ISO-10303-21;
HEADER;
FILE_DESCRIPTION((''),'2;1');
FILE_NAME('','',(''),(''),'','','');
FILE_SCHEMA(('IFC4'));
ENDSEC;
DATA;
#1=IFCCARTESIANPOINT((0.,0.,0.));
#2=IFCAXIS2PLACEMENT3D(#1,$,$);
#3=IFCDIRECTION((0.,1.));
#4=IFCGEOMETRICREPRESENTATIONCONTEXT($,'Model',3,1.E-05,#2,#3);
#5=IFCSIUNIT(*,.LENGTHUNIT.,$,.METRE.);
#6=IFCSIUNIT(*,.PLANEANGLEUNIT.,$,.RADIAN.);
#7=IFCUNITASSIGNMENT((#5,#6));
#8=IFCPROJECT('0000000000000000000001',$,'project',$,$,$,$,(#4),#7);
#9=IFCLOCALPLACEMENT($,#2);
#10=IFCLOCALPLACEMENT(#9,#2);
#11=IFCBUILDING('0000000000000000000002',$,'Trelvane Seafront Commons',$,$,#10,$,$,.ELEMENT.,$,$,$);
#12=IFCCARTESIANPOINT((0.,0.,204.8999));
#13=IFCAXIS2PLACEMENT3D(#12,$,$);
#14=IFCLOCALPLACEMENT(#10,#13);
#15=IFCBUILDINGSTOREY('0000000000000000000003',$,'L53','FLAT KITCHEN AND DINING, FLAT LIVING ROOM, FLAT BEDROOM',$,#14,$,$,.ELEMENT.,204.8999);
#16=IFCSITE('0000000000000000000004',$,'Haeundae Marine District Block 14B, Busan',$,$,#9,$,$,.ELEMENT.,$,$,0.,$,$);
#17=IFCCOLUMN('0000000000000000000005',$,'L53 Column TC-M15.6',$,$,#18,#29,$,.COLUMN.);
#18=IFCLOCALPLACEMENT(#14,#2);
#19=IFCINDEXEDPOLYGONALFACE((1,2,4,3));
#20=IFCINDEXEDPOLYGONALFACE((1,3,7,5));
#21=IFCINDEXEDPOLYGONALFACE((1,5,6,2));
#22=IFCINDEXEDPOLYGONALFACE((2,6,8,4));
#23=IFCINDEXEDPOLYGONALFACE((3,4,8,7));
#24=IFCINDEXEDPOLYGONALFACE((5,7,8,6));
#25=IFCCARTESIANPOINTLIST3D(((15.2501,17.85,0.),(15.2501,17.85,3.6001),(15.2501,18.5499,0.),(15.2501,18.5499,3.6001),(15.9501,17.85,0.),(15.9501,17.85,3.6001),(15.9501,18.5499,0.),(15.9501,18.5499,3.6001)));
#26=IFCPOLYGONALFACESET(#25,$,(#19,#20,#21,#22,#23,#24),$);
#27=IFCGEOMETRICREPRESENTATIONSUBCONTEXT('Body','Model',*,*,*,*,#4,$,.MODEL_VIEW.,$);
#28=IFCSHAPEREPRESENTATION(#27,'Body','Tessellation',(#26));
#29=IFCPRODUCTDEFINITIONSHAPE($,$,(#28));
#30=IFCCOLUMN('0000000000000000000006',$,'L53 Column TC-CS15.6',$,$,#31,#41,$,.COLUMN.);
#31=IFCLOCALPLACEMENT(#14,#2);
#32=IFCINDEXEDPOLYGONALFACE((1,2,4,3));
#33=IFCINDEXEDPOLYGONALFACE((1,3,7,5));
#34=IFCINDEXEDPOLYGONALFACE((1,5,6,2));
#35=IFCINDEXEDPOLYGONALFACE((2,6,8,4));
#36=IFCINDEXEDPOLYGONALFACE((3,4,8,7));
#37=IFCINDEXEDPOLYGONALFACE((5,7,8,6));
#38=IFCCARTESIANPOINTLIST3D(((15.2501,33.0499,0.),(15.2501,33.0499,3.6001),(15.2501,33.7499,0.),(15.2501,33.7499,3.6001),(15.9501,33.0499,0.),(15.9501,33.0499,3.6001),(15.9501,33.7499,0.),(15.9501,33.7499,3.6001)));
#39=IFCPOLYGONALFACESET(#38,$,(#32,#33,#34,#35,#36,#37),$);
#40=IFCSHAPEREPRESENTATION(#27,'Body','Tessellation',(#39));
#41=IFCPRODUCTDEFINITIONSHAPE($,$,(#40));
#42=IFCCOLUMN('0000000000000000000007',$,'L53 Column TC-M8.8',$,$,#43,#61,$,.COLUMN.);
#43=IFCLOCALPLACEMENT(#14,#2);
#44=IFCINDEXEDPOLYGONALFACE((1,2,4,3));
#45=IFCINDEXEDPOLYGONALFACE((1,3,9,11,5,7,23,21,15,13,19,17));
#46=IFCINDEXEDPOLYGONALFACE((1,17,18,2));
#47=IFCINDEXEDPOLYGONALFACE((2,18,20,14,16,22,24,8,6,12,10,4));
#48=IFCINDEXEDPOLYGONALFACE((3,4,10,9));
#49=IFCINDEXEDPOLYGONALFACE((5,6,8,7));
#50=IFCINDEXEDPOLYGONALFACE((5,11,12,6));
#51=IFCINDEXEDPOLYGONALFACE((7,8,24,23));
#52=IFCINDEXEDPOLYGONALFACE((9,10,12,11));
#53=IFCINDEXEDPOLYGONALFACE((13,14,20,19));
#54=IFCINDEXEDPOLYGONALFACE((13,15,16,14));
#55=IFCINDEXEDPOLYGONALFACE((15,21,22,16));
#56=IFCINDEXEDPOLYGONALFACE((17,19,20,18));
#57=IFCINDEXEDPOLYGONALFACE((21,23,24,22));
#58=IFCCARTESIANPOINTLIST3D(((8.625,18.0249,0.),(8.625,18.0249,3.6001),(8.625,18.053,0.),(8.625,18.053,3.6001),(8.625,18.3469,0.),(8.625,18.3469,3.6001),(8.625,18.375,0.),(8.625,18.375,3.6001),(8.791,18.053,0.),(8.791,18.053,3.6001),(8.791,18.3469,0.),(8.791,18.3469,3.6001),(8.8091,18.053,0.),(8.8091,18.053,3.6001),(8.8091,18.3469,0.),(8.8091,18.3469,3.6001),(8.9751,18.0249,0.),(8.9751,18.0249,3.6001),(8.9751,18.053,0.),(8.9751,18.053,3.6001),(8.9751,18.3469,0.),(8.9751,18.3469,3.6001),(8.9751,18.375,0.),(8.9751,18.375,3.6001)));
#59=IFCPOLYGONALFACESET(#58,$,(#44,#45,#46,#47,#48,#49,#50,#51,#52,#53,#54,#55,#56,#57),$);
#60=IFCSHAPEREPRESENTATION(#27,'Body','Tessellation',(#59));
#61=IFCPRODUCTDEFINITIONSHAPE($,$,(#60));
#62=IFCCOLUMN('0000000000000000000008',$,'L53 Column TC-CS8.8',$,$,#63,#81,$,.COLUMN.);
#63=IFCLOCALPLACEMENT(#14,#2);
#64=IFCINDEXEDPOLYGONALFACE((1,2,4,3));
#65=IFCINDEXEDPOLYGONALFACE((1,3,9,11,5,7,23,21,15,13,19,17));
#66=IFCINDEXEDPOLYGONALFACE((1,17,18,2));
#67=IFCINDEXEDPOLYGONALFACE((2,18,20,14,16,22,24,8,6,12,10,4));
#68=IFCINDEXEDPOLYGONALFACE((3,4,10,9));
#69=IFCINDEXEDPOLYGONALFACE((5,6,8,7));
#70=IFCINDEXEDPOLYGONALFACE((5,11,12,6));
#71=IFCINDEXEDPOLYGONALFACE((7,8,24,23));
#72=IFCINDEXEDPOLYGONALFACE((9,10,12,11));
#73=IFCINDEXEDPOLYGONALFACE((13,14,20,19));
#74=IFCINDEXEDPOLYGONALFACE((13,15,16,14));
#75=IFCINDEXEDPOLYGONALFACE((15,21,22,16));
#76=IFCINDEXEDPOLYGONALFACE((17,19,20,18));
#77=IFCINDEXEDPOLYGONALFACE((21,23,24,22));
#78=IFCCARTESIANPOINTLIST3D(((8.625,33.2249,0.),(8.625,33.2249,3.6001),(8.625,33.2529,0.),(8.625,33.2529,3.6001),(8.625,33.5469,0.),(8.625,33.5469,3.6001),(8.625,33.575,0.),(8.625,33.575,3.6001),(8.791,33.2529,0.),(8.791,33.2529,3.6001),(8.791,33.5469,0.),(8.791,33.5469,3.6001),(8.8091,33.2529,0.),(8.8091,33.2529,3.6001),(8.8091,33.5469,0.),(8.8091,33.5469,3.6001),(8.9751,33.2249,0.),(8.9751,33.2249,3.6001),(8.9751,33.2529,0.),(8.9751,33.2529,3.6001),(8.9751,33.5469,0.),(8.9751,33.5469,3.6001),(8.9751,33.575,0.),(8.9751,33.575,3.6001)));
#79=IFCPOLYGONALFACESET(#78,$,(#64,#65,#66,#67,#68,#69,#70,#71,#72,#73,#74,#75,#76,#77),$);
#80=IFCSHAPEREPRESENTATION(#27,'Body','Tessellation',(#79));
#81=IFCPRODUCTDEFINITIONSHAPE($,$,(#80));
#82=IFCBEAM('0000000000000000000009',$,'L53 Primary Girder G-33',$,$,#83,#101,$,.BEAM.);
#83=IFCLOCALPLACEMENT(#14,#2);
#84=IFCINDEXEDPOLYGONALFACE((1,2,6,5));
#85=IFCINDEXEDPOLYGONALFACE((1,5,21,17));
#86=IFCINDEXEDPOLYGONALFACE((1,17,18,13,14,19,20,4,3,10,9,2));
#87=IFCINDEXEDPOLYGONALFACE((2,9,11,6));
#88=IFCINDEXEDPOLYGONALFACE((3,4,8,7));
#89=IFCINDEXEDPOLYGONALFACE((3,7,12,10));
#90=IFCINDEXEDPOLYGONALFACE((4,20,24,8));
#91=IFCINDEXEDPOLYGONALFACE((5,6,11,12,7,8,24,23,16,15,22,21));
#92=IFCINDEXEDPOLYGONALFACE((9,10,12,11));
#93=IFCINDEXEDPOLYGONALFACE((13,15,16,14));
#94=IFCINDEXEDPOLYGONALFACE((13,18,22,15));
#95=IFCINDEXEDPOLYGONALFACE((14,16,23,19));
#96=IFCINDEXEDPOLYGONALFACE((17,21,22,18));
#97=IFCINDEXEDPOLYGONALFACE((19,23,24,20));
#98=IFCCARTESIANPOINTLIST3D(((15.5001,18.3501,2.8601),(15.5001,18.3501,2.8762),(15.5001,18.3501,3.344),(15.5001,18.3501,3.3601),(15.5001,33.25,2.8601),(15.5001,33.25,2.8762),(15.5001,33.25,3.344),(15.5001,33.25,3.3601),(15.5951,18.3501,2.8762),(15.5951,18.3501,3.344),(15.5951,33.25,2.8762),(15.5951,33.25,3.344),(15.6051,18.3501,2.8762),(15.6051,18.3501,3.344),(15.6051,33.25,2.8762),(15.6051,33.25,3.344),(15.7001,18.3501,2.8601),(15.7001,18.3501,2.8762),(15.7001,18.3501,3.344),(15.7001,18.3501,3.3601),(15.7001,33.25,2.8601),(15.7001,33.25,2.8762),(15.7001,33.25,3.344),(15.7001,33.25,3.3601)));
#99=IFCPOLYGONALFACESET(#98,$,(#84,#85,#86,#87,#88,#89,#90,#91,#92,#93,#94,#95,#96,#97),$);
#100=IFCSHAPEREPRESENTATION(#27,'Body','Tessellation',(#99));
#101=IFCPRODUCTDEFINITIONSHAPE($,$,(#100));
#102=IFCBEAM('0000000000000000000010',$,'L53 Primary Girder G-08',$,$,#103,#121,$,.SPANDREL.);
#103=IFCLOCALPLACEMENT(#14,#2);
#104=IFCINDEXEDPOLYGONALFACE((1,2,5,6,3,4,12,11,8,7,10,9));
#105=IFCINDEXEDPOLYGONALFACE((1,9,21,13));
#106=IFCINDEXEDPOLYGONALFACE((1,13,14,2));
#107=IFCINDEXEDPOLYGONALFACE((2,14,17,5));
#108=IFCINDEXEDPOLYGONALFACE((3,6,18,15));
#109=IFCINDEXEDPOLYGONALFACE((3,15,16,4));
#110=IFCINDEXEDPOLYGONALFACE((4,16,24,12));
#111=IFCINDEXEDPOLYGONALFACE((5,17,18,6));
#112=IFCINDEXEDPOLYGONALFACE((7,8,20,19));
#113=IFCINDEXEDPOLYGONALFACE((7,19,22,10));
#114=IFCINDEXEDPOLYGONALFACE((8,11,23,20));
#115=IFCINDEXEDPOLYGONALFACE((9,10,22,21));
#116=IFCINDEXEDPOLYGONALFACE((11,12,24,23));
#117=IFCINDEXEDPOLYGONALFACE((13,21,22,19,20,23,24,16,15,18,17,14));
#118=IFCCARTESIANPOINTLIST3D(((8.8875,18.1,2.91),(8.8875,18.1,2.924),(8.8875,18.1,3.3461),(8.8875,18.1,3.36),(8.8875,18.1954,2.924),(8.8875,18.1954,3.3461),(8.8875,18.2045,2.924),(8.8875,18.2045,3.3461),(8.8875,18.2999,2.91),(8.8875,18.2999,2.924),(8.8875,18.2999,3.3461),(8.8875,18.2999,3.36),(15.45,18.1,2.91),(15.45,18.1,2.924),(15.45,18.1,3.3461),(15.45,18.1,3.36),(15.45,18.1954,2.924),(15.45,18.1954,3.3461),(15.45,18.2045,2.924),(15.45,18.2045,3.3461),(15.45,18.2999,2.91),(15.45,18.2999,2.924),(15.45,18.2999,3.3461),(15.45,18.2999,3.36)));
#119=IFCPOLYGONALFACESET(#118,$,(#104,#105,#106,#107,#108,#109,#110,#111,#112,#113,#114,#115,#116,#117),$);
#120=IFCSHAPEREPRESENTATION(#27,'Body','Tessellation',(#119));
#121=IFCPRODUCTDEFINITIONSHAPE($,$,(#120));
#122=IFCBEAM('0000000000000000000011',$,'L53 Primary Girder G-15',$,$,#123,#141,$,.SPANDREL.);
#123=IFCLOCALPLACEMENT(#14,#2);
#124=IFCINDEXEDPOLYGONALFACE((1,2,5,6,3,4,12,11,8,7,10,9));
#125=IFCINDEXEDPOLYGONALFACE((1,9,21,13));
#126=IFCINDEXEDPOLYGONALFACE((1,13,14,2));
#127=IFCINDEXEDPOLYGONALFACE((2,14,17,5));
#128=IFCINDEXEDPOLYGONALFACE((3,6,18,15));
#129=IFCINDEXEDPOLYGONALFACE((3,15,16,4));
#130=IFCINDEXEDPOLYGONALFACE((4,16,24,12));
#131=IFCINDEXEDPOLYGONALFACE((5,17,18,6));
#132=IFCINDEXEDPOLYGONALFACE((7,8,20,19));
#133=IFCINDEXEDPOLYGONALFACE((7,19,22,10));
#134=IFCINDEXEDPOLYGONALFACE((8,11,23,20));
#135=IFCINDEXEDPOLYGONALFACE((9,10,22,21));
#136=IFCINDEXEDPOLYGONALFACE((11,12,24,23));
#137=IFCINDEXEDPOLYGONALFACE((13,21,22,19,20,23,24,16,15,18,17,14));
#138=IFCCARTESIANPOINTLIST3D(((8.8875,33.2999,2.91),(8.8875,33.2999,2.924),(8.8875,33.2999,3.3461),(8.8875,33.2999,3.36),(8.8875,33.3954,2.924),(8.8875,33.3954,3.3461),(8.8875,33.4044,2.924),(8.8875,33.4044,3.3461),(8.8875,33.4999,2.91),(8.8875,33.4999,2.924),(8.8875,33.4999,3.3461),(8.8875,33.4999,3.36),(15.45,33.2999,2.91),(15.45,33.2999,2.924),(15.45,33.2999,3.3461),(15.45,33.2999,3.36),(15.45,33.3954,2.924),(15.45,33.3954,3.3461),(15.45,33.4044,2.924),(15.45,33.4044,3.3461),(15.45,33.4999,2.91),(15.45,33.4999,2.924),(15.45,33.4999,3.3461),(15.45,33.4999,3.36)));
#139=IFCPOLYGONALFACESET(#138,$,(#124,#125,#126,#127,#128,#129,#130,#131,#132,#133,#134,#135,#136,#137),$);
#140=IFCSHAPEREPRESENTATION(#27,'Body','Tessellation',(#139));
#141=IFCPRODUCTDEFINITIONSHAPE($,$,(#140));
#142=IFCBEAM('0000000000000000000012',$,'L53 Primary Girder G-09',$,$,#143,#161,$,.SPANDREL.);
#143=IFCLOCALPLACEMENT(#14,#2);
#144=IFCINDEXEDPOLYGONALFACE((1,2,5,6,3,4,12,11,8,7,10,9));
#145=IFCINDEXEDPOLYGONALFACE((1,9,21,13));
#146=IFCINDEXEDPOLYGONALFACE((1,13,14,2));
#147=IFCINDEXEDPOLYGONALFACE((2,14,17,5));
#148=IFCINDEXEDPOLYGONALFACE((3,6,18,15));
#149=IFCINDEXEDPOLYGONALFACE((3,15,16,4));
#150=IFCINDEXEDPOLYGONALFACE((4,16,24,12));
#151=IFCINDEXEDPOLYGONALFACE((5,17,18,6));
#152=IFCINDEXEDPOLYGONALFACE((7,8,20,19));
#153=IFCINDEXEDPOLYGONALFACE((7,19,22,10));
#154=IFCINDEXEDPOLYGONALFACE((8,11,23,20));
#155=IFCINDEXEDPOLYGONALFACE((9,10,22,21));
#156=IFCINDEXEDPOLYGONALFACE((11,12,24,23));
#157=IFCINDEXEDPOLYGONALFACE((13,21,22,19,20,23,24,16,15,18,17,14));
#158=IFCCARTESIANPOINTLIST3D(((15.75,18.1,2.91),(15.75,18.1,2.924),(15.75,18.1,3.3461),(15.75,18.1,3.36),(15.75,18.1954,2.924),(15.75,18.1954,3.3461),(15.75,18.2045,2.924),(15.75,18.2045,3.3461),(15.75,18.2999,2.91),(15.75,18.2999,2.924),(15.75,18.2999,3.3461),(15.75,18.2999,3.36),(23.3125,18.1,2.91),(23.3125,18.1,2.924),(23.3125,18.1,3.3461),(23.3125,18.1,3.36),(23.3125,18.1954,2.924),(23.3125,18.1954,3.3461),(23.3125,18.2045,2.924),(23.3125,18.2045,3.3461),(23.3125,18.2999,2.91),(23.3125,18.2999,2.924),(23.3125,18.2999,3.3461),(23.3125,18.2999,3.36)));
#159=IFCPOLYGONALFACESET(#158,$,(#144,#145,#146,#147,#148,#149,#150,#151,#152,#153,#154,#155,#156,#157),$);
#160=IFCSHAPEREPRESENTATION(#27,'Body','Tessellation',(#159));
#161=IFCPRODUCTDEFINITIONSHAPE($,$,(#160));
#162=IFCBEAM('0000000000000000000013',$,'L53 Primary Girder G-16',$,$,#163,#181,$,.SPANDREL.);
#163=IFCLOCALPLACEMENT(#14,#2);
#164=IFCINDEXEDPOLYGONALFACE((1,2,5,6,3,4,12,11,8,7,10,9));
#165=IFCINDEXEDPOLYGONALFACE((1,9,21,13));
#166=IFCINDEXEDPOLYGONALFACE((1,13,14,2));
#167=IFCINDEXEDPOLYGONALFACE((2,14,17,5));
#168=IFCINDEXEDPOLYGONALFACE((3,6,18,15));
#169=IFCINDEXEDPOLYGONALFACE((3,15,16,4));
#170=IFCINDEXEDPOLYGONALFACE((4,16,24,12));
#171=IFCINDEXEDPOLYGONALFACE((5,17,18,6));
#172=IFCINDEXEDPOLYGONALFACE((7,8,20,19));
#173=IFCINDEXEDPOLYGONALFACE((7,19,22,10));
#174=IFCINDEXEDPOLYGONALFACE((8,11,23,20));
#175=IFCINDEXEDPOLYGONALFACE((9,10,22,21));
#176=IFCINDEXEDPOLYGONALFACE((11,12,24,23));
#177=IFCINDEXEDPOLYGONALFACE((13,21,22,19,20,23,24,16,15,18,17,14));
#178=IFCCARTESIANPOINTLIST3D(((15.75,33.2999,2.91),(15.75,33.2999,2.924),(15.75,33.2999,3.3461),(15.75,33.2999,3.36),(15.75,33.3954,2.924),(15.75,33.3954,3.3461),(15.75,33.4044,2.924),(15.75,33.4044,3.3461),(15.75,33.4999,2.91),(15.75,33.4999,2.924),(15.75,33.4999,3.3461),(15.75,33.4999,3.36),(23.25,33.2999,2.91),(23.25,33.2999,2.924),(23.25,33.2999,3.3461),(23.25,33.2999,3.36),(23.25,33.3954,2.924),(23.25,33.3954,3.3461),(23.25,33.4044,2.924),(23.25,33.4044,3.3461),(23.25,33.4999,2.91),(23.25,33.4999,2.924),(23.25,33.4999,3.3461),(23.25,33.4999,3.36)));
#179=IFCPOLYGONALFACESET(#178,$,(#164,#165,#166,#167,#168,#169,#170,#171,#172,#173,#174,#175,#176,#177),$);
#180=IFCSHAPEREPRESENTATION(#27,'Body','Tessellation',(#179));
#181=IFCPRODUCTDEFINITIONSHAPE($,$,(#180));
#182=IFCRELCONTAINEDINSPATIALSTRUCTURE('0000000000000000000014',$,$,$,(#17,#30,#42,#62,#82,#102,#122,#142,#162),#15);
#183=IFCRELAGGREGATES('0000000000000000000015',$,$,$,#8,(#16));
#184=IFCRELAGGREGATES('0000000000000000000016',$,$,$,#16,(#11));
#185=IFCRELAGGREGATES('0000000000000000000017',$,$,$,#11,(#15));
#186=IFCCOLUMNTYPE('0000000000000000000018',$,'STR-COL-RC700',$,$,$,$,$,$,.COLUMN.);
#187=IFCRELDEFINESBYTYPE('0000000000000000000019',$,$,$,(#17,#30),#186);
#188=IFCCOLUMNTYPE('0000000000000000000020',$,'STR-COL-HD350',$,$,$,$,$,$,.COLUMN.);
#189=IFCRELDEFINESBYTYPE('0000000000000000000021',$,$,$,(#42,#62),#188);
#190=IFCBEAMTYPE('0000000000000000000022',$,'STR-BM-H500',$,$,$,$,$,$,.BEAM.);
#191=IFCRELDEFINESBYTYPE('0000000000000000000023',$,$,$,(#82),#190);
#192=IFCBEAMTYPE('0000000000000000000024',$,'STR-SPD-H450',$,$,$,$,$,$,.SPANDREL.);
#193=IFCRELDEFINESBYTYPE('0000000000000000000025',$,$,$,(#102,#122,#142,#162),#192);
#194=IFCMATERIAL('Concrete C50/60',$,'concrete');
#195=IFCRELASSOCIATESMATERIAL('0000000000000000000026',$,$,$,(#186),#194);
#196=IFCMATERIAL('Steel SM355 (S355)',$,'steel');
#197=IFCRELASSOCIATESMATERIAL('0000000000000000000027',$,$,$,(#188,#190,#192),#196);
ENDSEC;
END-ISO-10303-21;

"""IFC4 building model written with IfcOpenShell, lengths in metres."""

from ifc_helpers import new_model, si_unit, direction, frame, origin, origin_2d, place, context, subcontext, project, spatial, rectangle, i_section, extrude, source, transform, mapped, material, material_profile, profile_set, type_object, element, save


model = new_model("IFC4")

# Units and contexts
model_context = context("Model", 3, precision=1e-05, world=origin(), true_north=direction((0.0, 1.0)))
body_context = subcontext(model_context, "Body", "Model", "MODEL_VIEW")
ifc_project = project(units=[si_unit("LENGTHUNIT", "METRE"), si_unit("PLANEANGLEUNIT", "RADIAN")], contexts=[model_context])

# Site, building, storey
site_placement = place(None, origin())
site = spatial("IfcSite", under=ifc_project, at=site_placement, Name="Haeundae Marine District Block 14B, Busan", CompositionType="ELEMENT", RefElevation=0.0)
building_placement = place(site_placement, origin())
building = spatial("IfcBuilding", under=site, at=building_placement, Name="Trelvane Seafront Commons", CompositionType="ELEMENT")
storey_placement = place(building_placement, frame((0.0, 0.0, 204.8999)))
storey = spatial("IfcBuildingStorey", under=building, at=storey_placement, Name="L53", Description="FLAT KITCHEN AND DINING, FLAT LIVING ROOM, FLAT BEDROOM", CompositionType="ELEMENT", Elevation=204.8999)

# Columns
ifc_material_1 = material(Name="Concrete C50/60", Category="concrete")
ifc_material_profile_1 = material_profile(ifc_material_1, rectangle(XDim=0.7, YDim=0.7, at=origin_2d()), Name="RC-700x700")
ifc_profile_set_1 = profile_set([ifc_material_profile_1], Name="Concrete C50/60")
column_type_1 = type_object("IfcColumnType", Name="STR-COL-RC700", PredefinedType="COLUMN", material=ifc_profile_set_1)
shared_shape_1 = source(origin(), body_context, "Body", "SweptSolid", [
    extrude(rectangle(XDim=0.7, YDim=0.7, at=origin_2d()), origin(), (0.0, 0.0, 1.0), 3.6001),
])
for number, where, z_axis, x_axis, name in (
    (1, (15.6001, 18.2, 0.0), (0.0, 0.0, 1.0), (1.0, 0.0, 0.0), "L53 Column TC-M15.6"),
    (2, (15.6001, 33.3999, 0.0), (0.0, 0.0, 1.0), (1.0, 0.0, 0.0), "L53 Column TC-CS15.6"),
):
    element("IfcColumn", number, at=place(storey_placement, frame(where, z_axis=z_axis, x_axis=x_axis)), inside=storey, type_object=column_type_1, Name=name, PredefinedType="COLUMN", context=body_context, shape_type="MappedRepresentation", body=[
        mapped(shared_shape_1, transform((0.0, 0.0, 0.0), x_axis=(1.0, 0.0, 0.0), y_axis=(0.0, 1.0, 0.0), z_axis=(0.0, 0.0, 1.0), scale=1.0)),
    ])
ifc_material_2 = material(Name="Steel SM355 (S355)", Category="steel")
ifc_material_profile_2 = material_profile(ifc_material_2, i_section(OverallWidth=0.3501, OverallDepth=0.3501, WebThickness=0.0181, FlangeThickness=0.0281, at=origin_2d()), Name="HD-350x350x18x28")
ifc_profile_set_2 = profile_set([ifc_material_profile_2], Name="Steel SM355 (S355)")
column_type_2 = type_object("IfcColumnType", Name="STR-COL-HD350", PredefinedType="COLUMN", material=ifc_profile_set_2)
shared_shape_2 = source(origin(), body_context, "Body", "SweptSolid", [
    extrude(i_section(OverallWidth=0.3501, OverallDepth=0.3501, WebThickness=0.0181, FlangeThickness=0.0281, at=origin_2d()), origin(), (0.0, 0.0, 1.0), 3.6001),
])
for number, where, z_axis, x_axis, name in (
    (3, (8.8, 18.2, 0.0), (0.0, 0.0, 1.0), (1.0, 0.0, 0.0), "L53 Column TC-M8.8"),
    (4, (8.8, 33.3999, 0.0), (0.0, 0.0, 1.0), (1.0, 0.0, 0.0), "L53 Column TC-CS8.8"),
):
    element("IfcColumn", number, at=place(storey_placement, frame(where, z_axis=z_axis, x_axis=x_axis)), inside=storey, type_object=column_type_2, Name=name, PredefinedType="COLUMN", context=body_context, shape_type="MappedRepresentation", body=[
        mapped(shared_shape_2, transform((0.0, 0.0, 0.0), x_axis=(1.0, 0.0, 0.0), y_axis=(0.0, 1.0, 0.0), z_axis=(0.0, 0.0, 1.0), scale=1.0)),
    ])

# Beams
ifc_material_profile_3 = material_profile(ifc_material_2, i_section(OverallWidth=0.2, OverallDepth=0.5, WebThickness=0.01, FlangeThickness=0.0161, at=origin_2d()), Name="H-500x200x10x16")
ifc_profile_set_3 = profile_set([ifc_material_profile_3], Name="Steel SM355 (S355)")
beam_type_1 = type_object("IfcBeamType", Name="STR-BM-H500", PredefinedType="BEAM", material=ifc_profile_set_3)
shared_shape_3 = source(origin(), body_context, "Body", "SweptSolid", [
    extrude(i_section(OverallWidth=0.2, OverallDepth=0.5, WebThickness=0.01, FlangeThickness=0.0161, at=origin_2d()), origin(), (0.0, 0.0, 1.0), 14.8999),
])
beam_1_placement = place(storey_placement, frame((15.6001, 18.3501, 3.1101), z_axis=(0.0, 1.0, 0.0), x_axis=(-1.0, 0.0, 0.0)))
element("IfcBeam", 5, at=beam_1_placement, inside=storey, type_object=beam_type_1, Name="L53 Primary Girder G-33", PredefinedType="BEAM", context=body_context, shape_type="MappedRepresentation", body=[
    mapped(shared_shape_3, transform((0.0, 0.0, 0.0), x_axis=(1.0, 0.0, 0.0), y_axis=(0.0, 1.0, 0.0), z_axis=(0.0, 0.0, 1.0), scale=1.0)),
])
ifc_material_profile_4 = material_profile(ifc_material_2, i_section(OverallWidth=0.2, OverallDepth=0.45, WebThickness=0.009, FlangeThickness=0.0139, at=origin_2d()), Name="H-450x200x9x14")
ifc_profile_set_4 = profile_set([ifc_material_profile_4], Name="Steel SM355 (S355)")
beam_type_2 = type_object("IfcBeamType", Name="STR-SPD-H450", PredefinedType="SPANDREL", material=ifc_profile_set_4)
shared_shape_4 = source(origin(), body_context, "Body", "SweptSolid", [
    extrude(i_section(OverallWidth=0.2, OverallDepth=0.45, WebThickness=0.009, FlangeThickness=0.0139, at=origin_2d()), origin(), (0.0, 0.0, 1.0), 6.5625),
])
for number, where, z_axis, x_axis, name in (
    (6, (8.8875, 18.2, 3.135), (1.0, 0.0, 0.0), (0.0, 1.0, 0.0), "L53 Primary Girder G-08"),
    (7, (8.8875, 33.3999, 3.135), (1.0, 0.0, 0.0), (0.0, 1.0, 0.0), "L53 Primary Girder G-15"),
):
    element("IfcBeam", number, at=place(storey_placement, frame(where, z_axis=z_axis, x_axis=x_axis)), inside=storey, type_object=beam_type_2, Name=name, PredefinedType="SPANDREL", context=body_context, shape_type="MappedRepresentation", body=[
        mapped(shared_shape_4, transform((0.0, 0.0, 0.0), x_axis=(1.0, 0.0, 0.0), y_axis=(0.0, 1.0, 0.0), z_axis=(0.0, 0.0, 1.0), scale=1.0)),
    ])
shared_shape_5 = source(origin(), body_context, "Body", "SweptSolid", [
    extrude(i_section(OverallWidth=0.2, OverallDepth=0.45, WebThickness=0.009, FlangeThickness=0.0139, at=origin_2d()), origin(), (0.0, 0.0, 1.0), 7.5625),
])
beam_2_placement = place(storey_placement, frame((15.75, 18.2, 3.135), z_axis=(1.0, 0.0, 0.0), x_axis=(0.0, 1.0, 0.0)))
element("IfcBeam", 8, at=beam_2_placement, inside=storey, type_object=beam_type_2, Name="L53 Primary Girder G-09", PredefinedType="SPANDREL", context=body_context, shape_type="MappedRepresentation", body=[
    mapped(shared_shape_5, transform((0.0, 0.0, 0.0), x_axis=(1.0, 0.0, 0.0), y_axis=(0.0, 1.0, 0.0), z_axis=(0.0, 0.0, 1.0), scale=1.0)),
])
shared_shape_6 = source(origin(), body_context, "Body", "SweptSolid", [
    extrude(i_section(OverallWidth=0.2, OverallDepth=0.45, WebThickness=0.009, FlangeThickness=0.0139, at=origin_2d()), origin(), (0.0, 0.0, 1.0), 7.5),
])
beam_3_placement = place(storey_placement, frame((15.75, 33.3999, 3.135), z_axis=(1.0, 0.0, 0.0), x_axis=(0.0, 1.0, 0.0)))
element("IfcBeam", 9, at=beam_3_placement, inside=storey, type_object=beam_type_2, Name="L53 Primary Girder G-16", PredefinedType="SPANDREL", context=body_context, shape_type="MappedRepresentation", body=[
    mapped(shared_shape_6, transform((0.0, 0.0, 0.0), x_axis=(1.0, 0.0, 0.0), y_axis=(0.0, 1.0, 0.0), z_axis=(0.0, 0.0, 1.0), scale=1.0)),
])

save(model, "model.ifc")
